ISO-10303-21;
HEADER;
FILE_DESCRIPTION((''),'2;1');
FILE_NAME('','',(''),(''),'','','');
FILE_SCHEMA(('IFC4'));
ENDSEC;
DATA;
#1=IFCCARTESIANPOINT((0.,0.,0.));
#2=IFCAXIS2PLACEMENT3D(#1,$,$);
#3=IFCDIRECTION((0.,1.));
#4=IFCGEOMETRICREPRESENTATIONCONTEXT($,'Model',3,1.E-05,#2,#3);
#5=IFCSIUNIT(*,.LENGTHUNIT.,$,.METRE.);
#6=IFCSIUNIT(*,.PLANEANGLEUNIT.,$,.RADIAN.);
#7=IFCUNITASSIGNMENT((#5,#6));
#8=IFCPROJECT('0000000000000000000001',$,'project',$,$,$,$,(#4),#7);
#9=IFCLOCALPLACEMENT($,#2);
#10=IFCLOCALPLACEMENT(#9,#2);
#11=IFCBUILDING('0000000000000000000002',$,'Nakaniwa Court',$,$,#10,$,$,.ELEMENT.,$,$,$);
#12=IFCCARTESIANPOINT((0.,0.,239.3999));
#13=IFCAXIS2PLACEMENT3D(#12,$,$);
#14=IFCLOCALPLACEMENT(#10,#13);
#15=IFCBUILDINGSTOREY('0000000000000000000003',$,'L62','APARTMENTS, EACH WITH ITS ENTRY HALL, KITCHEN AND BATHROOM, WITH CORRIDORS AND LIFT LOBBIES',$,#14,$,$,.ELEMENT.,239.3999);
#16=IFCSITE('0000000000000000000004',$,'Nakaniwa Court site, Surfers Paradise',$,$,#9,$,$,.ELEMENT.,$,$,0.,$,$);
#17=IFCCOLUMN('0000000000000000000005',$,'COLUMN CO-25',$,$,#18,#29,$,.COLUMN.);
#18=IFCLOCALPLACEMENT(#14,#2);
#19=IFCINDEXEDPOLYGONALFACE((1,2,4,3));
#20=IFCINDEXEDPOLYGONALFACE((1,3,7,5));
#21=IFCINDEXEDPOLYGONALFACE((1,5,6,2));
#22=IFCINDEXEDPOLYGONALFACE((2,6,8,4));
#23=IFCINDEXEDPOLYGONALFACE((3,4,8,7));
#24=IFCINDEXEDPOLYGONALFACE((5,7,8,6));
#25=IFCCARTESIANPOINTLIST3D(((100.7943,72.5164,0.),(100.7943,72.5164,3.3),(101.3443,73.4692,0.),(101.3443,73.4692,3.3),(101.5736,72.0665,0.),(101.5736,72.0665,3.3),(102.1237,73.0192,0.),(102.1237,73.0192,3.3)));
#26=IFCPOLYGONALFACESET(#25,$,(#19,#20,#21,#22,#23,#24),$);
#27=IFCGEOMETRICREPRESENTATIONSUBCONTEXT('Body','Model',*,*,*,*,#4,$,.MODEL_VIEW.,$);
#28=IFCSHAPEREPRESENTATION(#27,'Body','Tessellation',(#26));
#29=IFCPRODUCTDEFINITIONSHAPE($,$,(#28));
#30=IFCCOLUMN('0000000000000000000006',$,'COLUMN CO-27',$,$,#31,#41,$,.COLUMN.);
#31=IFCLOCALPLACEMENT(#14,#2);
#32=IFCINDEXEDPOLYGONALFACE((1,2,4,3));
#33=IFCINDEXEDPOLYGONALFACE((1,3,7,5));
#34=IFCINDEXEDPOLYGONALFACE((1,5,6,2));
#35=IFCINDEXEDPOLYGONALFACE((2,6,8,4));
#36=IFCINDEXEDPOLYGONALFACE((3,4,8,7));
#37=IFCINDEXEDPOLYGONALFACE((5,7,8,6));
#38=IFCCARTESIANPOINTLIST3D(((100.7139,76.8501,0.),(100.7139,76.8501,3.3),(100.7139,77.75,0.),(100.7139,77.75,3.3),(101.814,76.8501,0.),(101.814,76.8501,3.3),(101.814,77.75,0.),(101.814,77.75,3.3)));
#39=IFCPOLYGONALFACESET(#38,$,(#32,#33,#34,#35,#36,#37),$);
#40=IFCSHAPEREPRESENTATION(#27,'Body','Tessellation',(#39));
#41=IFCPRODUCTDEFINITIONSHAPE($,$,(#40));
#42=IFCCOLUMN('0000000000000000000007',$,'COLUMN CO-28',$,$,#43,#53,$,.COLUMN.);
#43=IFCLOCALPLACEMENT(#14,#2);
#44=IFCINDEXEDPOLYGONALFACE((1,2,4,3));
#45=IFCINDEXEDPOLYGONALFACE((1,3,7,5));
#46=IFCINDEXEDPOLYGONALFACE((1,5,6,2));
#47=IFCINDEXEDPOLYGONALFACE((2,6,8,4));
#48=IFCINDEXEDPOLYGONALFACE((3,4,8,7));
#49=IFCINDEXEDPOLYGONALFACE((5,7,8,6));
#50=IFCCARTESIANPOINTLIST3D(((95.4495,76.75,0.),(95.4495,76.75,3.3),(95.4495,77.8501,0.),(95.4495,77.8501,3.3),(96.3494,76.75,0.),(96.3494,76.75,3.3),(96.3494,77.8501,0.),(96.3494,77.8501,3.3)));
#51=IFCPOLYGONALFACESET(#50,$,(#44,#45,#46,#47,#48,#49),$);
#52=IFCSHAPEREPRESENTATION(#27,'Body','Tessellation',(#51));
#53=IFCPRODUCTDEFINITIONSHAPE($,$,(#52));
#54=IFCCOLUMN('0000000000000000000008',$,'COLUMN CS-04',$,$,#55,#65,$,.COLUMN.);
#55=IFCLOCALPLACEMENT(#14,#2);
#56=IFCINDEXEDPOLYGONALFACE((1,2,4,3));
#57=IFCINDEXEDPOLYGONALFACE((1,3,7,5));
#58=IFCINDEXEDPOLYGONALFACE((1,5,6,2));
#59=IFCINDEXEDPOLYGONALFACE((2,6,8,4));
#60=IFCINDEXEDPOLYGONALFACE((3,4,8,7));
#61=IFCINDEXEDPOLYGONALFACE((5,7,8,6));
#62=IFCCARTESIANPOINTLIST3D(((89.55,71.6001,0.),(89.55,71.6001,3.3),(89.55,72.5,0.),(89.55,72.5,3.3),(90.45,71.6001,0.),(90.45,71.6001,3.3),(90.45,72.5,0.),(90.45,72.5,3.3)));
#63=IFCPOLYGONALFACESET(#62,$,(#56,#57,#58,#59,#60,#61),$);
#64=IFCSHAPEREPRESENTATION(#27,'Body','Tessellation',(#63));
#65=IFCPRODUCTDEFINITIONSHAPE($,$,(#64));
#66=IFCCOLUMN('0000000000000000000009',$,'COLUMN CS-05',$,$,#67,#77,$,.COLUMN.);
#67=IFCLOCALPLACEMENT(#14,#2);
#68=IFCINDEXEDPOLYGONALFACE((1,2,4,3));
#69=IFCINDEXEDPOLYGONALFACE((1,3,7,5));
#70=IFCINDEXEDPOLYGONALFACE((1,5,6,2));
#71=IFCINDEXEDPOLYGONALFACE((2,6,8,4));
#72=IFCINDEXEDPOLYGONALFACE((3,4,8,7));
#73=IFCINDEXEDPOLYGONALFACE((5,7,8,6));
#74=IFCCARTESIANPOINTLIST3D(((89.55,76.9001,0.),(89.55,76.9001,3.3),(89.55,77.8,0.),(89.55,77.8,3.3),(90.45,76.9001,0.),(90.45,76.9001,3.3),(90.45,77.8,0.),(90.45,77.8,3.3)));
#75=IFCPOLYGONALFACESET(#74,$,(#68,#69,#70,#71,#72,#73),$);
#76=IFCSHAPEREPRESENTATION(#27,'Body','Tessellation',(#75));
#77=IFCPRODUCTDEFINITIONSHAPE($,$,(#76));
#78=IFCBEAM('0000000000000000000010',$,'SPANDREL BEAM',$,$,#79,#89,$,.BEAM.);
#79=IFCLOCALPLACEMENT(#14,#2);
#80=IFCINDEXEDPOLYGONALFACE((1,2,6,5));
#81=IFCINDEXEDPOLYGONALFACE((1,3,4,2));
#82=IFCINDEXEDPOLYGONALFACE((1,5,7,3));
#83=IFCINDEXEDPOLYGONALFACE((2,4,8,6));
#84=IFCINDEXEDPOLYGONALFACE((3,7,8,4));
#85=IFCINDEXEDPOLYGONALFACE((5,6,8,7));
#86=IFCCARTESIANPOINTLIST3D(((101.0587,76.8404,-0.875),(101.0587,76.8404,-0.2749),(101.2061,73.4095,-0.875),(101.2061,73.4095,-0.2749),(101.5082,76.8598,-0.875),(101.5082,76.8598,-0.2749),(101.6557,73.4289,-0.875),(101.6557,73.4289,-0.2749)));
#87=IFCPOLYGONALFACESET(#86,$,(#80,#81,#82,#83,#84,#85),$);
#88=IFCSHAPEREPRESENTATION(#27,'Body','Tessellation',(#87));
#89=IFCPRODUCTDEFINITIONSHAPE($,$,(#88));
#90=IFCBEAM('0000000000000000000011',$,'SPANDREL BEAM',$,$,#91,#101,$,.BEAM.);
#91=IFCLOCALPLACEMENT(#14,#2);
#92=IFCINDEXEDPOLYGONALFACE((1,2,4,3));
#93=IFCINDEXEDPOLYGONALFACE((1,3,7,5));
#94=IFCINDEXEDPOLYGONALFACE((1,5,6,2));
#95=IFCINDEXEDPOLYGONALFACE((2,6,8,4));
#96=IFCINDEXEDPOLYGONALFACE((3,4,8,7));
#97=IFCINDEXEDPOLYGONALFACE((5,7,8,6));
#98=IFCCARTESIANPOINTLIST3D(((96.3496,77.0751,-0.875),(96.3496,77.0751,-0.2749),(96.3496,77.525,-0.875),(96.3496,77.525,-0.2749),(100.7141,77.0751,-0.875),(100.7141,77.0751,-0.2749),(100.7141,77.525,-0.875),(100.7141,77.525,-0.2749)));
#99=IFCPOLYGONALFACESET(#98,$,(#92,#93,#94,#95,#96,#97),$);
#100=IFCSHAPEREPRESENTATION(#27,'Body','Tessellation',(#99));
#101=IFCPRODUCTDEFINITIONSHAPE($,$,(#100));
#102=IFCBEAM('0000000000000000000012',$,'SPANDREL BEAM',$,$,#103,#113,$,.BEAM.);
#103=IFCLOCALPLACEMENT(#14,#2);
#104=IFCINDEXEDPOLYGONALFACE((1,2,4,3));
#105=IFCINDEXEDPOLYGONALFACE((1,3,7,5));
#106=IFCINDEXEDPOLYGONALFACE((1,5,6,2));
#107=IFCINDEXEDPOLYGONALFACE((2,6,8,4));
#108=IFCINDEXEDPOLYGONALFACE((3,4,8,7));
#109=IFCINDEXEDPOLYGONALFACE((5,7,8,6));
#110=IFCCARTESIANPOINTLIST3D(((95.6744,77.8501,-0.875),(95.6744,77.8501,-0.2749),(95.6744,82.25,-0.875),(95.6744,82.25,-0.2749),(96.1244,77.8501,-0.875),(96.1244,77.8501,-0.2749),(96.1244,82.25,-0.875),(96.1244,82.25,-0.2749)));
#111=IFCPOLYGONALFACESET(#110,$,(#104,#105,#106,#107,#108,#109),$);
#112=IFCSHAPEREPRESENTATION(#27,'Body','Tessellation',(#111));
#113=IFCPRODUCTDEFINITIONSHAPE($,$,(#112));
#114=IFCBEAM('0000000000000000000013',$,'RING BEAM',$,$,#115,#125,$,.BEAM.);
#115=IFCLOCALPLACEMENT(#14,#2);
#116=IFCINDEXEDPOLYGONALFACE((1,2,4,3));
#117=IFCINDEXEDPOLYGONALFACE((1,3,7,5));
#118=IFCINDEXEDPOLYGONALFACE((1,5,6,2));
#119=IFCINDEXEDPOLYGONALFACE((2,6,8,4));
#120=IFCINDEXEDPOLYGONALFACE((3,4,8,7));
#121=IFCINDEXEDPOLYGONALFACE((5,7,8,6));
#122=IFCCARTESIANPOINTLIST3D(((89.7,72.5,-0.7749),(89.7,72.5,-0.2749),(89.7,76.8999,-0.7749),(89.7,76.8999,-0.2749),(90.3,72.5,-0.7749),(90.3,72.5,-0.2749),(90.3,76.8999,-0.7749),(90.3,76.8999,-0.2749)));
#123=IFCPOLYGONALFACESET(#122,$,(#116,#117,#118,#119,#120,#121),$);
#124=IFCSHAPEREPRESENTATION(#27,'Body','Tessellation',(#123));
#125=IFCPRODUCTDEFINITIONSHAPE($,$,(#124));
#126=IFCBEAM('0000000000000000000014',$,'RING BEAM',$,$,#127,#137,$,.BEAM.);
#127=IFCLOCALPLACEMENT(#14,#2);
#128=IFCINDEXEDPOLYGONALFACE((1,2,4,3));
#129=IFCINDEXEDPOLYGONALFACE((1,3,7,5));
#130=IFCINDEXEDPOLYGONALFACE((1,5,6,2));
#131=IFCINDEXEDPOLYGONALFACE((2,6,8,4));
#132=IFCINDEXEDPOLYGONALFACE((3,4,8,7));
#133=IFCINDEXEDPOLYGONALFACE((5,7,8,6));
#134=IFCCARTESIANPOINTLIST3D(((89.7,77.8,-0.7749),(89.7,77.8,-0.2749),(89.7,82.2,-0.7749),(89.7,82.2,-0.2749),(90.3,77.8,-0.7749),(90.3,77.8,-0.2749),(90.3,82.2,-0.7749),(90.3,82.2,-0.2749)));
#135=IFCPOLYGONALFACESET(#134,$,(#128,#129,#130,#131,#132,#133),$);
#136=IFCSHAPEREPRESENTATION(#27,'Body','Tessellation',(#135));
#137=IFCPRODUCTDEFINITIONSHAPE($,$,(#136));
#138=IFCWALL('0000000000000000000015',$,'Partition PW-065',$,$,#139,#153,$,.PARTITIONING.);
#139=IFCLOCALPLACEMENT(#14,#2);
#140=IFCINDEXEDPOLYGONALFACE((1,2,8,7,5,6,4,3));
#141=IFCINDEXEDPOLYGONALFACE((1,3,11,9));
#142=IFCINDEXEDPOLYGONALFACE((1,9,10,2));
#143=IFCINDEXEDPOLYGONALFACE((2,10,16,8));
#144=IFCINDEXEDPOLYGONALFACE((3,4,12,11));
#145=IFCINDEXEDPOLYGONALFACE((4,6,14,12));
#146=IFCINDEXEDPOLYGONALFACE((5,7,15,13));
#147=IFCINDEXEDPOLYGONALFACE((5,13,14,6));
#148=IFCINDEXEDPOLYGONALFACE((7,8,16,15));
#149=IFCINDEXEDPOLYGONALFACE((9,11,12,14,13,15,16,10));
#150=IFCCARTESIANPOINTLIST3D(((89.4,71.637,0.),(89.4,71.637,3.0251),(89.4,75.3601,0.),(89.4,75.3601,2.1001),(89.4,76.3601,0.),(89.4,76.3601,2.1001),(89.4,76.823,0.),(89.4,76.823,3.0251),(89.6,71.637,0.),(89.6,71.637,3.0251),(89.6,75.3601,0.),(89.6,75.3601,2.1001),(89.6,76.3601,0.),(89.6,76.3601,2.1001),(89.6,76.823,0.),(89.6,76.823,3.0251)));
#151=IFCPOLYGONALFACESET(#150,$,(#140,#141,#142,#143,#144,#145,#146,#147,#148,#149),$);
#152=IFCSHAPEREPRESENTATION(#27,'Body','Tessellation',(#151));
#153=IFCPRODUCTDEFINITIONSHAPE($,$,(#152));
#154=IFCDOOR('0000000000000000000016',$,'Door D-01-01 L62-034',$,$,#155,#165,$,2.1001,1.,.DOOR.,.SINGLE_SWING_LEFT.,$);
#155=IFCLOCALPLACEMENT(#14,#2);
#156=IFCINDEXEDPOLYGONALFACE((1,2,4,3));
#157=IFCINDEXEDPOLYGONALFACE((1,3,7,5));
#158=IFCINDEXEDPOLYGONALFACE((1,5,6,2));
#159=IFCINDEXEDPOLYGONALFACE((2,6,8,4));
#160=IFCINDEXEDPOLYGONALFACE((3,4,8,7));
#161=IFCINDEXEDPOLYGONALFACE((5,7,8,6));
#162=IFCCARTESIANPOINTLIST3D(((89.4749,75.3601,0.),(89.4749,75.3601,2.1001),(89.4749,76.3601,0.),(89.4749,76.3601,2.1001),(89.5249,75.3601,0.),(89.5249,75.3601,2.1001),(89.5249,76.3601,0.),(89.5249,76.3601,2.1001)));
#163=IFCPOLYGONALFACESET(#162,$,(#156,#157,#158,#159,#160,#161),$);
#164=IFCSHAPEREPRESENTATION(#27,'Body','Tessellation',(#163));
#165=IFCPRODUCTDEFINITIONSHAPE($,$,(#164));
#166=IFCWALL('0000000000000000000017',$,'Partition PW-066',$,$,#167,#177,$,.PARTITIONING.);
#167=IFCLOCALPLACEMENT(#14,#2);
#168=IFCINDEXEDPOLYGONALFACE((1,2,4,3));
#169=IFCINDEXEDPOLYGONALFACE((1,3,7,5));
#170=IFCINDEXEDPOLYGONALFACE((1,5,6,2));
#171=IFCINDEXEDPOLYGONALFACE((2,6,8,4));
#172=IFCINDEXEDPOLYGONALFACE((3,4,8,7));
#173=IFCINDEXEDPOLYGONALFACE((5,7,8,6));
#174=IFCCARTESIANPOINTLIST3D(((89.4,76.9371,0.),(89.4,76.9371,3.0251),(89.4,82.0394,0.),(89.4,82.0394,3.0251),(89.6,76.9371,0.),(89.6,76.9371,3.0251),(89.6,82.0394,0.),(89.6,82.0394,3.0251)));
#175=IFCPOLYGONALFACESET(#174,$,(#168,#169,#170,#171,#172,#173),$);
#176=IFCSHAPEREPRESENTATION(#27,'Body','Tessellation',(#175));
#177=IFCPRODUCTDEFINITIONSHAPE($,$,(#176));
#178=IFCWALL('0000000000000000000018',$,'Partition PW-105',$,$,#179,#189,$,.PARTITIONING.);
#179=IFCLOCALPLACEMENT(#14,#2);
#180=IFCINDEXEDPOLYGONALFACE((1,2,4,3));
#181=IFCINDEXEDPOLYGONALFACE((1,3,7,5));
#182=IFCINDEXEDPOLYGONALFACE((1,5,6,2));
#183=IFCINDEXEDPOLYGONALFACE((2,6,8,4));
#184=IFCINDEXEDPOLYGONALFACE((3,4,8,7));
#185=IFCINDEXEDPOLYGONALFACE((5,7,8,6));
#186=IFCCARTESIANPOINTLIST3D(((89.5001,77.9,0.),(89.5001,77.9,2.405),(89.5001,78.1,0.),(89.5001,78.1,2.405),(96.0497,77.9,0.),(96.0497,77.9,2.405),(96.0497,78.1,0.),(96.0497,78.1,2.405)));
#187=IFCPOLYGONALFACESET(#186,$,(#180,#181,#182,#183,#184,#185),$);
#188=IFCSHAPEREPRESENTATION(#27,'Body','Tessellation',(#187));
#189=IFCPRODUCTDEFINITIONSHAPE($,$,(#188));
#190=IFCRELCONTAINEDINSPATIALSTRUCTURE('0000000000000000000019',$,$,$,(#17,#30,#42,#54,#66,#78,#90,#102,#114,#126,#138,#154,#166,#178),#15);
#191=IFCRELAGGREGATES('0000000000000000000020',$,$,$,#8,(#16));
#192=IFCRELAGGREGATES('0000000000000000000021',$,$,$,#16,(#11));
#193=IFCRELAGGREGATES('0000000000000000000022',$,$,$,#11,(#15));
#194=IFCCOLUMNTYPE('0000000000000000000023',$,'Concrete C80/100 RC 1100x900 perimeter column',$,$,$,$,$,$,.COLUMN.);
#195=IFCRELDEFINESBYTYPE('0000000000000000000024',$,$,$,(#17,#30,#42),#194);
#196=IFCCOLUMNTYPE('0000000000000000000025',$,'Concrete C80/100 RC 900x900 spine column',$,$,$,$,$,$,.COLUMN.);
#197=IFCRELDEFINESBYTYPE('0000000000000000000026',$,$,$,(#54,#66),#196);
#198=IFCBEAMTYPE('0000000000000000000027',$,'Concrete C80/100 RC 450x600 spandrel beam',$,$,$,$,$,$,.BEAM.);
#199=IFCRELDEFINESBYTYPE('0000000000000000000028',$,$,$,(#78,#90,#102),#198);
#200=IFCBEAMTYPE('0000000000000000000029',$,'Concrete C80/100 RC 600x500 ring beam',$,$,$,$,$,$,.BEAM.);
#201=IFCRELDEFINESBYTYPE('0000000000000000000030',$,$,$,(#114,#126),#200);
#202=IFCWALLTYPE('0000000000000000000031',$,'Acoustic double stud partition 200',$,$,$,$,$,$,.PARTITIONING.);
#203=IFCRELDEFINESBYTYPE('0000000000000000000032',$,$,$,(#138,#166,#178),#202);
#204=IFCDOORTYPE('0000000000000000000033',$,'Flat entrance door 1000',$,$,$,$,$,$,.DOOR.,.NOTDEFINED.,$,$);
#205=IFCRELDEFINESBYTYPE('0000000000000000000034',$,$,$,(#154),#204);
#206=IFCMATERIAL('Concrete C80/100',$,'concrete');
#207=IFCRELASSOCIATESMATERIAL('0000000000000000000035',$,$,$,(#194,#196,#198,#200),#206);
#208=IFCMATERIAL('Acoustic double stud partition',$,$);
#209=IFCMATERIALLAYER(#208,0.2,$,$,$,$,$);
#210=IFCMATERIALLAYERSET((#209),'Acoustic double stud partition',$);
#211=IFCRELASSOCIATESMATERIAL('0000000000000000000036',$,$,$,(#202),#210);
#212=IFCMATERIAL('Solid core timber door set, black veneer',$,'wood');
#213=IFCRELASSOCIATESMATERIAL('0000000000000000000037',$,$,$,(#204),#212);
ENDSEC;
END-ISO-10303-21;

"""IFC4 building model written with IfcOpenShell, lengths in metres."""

from ifc_helpers import new_model, si_unit, direction, frame, frame_2d, origin, origin_2d, place, context, subcontext, project, spatial, rectangle, extrude, material, layer, layer_set, material_profile, profile_set, type_object, element, fill, save


model = new_model("IFC4")

# Units and contexts
model_context = context("Model", 3, precision=1e-05, world=origin(), true_north=direction((0.0, 1.0)))
body_context = subcontext(model_context, "Body", "Model", "MODEL_VIEW")
ifc_project = project(units=[si_unit("LENGTHUNIT", "METRE"), si_unit("PLANEANGLEUNIT", "RADIAN")], contexts=[model_context])

# Site, building, storey
site_placement = place(None, origin())
site = spatial("IfcSite", under=ifc_project, at=site_placement, Name="Nakaniwa Court site, Surfers Paradise", CompositionType="ELEMENT", RefElevation=0.0)
building_placement = place(site_placement, origin())
building = spatial("IfcBuilding", under=site, at=building_placement, Name="Nakaniwa Court", CompositionType="ELEMENT")
storey_placement = place(building_placement, frame((0.0, 0.0, 239.3999)))
storey = spatial("IfcBuildingStorey", under=building, at=storey_placement, Name="L62", Description="APARTMENTS, EACH WITH ITS ENTRY HALL, KITCHEN AND BATHROOM, WITH CORRIDORS AND LIFT LOBBIES", CompositionType="ELEMENT", Elevation=239.3999)

# Columns
ifc_material_1 = material(Name="Concrete C80/100", Category="concrete")
ifc_material_profile_1 = material_profile(ifc_material_1, rectangle(XDim=1.1001, YDim=0.8999, at=origin_2d()), Name="Concrete C80/100 RC 1100x900 perimeter column")
ifc_profile_set_1 = profile_set([ifc_material_profile_1], Name="Concrete C80/100")
column_type_1 = type_object("IfcColumnType", Name="Concrete C80/100 RC 1100x900 perimeter column", PredefinedType="COLUMN", material=ifc_profile_set_1)
for number, where, z_axis, x_axis, name in (
    (1, (101.459, 72.7678, 0.0), (0.0, 0.0, 1.0), (0.5, 0.866025, 0.0), "COLUMN CO-25"),
    (2, (101.2639, 77.3, 0.0), (0.0, 0.0, 1.0), (-1.0, 0.0, 0.0), "COLUMN CO-27"),
    (3, (95.8994, 77.3, 0.0), (0.0, 0.0, 1.0), (0.0, 1.0, 0.0), "COLUMN CO-28"),
):
    element("IfcColumn", number, at=place(storey_placement, frame(where, z_axis=z_axis, x_axis=x_axis)), inside=storey, type_object=column_type_1, Name=name, PredefinedType="COLUMN", context=body_context, shape_type="SweptSolid", body=[
        extrude(rectangle(XDim=1.1001, YDim=0.8999, at=origin_2d()), origin(), (0.0, 0.0, 1.0), 3.3),
    ])
ifc_material_profile_2 = material_profile(ifc_material_1, rectangle(XDim=0.8999, YDim=0.8999, at=origin_2d()), Name="Concrete C80/100 RC 900x900 spine column")
ifc_profile_set_2 = profile_set([ifc_material_profile_2], Name="Concrete C80/100")
column_type_2 = type_object("IfcColumnType", Name="Concrete C80/100 RC 900x900 spine column", PredefinedType="COLUMN", material=ifc_profile_set_2)
for number, where, z_axis, x_axis, name in (
    (4, (90.0, 72.05, 0.0), (0.0, 0.0, 1.0), (0.0, 1.0, 0.0), "COLUMN CS-04"),
    (5, (90.0, 77.3501, 0.0), (0.0, 0.0, 1.0), (0.0, 1.0, 0.0), "COLUMN CS-05"),
):
    element("IfcColumn", number, at=place(storey_placement, frame(where, z_axis=z_axis, x_axis=x_axis)), inside=storey, type_object=column_type_2, Name=name, PredefinedType="COLUMN", context=body_context, shape_type="SweptSolid", body=[
        extrude(rectangle(XDim=0.8999, YDim=0.8999, at=origin_2d()), origin(), (0.0, 0.0, 1.0), 3.3),
    ])

# Beams
ifc_material_profile_3 = material_profile(ifc_material_1, rectangle(XDim=0.45, YDim=0.6001, at=origin_2d()), Name="Concrete C80/100 RC 450x600 spandrel beam")
ifc_profile_set_3 = profile_set([ifc_material_profile_3], Name="Concrete C80/100")
beam_type_1 = type_object("IfcBeamType", Name="Concrete C80/100 RC 450x600 spandrel beam", PredefinedType="BEAM", material=ifc_profile_set_3)
beam_1_placement = place(storey_placement, frame((101.4309, 73.4192, -0.575), z_axis=(-0.042941, 0.999078, 0.0), x_axis=(-0.999078, -0.042941, 0.0)))
element("IfcBeam", 6, at=beam_1_placement, inside=storey, type_object=beam_type_1, Name="SPANDREL BEAM", PredefinedType="BEAM", context=body_context, shape_type="SweptSolid", body=[
    extrude(rectangle(XDim=0.45, YDim=0.6001, at=origin_2d()), origin(), (0.0, 0.0, 1.0), 3.4341),
])
beam_2_placement = place(storey_placement, frame((100.7141, 77.3, -0.575), z_axis=(-1.0, 0.0, 0.0), x_axis=(0.0, -1.0, 0.0)))
element("IfcBeam", 7, at=beam_2_placement, inside=storey, type_object=beam_type_1, Name="SPANDREL BEAM", PredefinedType="BEAM", context=body_context, shape_type="SweptSolid", body=[
    extrude(rectangle(XDim=0.45, YDim=0.6001, at=origin_2d()), origin(), (0.0, 0.0, 1.0), 4.3645),
])
beam_3_placement = place(storey_placement, frame((95.8994, 77.8501, -0.575), z_axis=(0.0, 1.0, 0.0), x_axis=(-1.0, 0.0, 0.0)))
element("IfcBeam", 8, at=beam_3_placement, inside=storey, type_object=beam_type_1, Name="SPANDREL BEAM", PredefinedType="BEAM", context=body_context, shape_type="SweptSolid", body=[
    extrude(rectangle(XDim=0.45, YDim=0.6001, at=origin_2d()), origin(), (0.0, 0.0, 1.0), 4.3999),
])
ifc_material_profile_4 = material_profile(ifc_material_1, rectangle(XDim=0.6001, YDim=0.5, at=origin_2d()), Name="Concrete C80/100 RC 600x500 ring beam")
ifc_profile_set_4 = profile_set([ifc_material_profile_4], Name="Concrete C80/100")
beam_type_2 = type_object("IfcBeamType", Name="Concrete C80/100 RC 600x500 ring beam", PredefinedType="BEAM", material=ifc_profile_set_4)
for number, where, z_axis, x_axis, name in (
    (9, (90.0, 72.5, -0.5249), (0.0, 1.0, 0.0), (-1.0, 0.0, 0.0), "RING BEAM"),
    (10, (90.0, 77.8, -0.5249), (0.0, 1.0, 0.0), (-1.0, 0.0, 0.0), "RING BEAM"),
):
    element("IfcBeam", number, at=place(storey_placement, frame(where, z_axis=z_axis, x_axis=x_axis)), inside=storey, type_object=beam_type_2, Name=name, PredefinedType="BEAM", context=body_context, shape_type="SweptSolid", body=[
        extrude(rectangle(XDim=0.6001, YDim=0.5, at=origin_2d()), origin(), (0.0, 0.0, 1.0), 4.3999),
    ])

# Wall, opening, door
ifc_material_2 = material(Name="Acoustic double stud partition")
ifc_layer_1 = layer(ifc_material_2, 0.2)
ifc_layer_set_1 = layer_set([ifc_layer_1], Name="Acoustic double stud partition")
wall_type_1 = type_object("IfcWallType", Name="Acoustic double stud partition 200", PredefinedType="PARTITIONING", material=ifc_layer_set_1)
wall_1_placement = place(storey_placement, frame((89.5, 76.823, 0.0), z_axis=(0.0, 0.0, 1.0), x_axis=(0.0, -1.0, 0.0)))
wall_1 = element("IfcWall", 11, at=wall_1_placement, inside=storey, type_object=wall_type_1, Name="Partition PW-065", PredefinedType="PARTITIONING", context=body_context, shape_type="SweptSolid", body=[
    extrude(rectangle(XDim=5.186, YDim=0.2, at=frame_2d((2.593, 0.0))), origin(), (0.0, 0.0, 1.0), 3.0251),
])
opening_1_placement = place(wall_1_placement, frame((0.4629, 0.0, 0.0)))
opening_1 = element("IfcOpeningElement", 12, at=opening_1_placement, cuts=wall_1, PredefinedType="OPENING", context=body_context, shape_type="SweptSolid", body=[
    extrude(rectangle(XDim=1.0, YDim=2.1001, at=frame_2d((0.5, 1.05))), frame((0.0, 0.1099, 0.0), z_axis=(0.0, -1.0, 0.0), x_axis=(1.0, 0.0, 0.0)), (0.0, 0.0, 1.0), 0.22),
])
ifc_material_3 = material(Name="Solid core timber door set, black veneer", Category="wood")
door_type_1 = type_object("IfcDoorType", Name="Flat entrance door 1000", OperationType="NOTDEFINED", PredefinedType="DOOR", material=ifc_material_3)
door_1_placement = place(opening_1_placement, origin())
door_1 = element("IfcDoor", 13, at=door_1_placement, inside=storey, type_object=door_type_1, Name="Door D-01-01 L62-034", OperationType="SINGLE_SWING_LEFT", OverallHeight=2.1001, OverallWidth=1.0, PredefinedType="DOOR", context=body_context, shape_type="SweptSolid", body=[
    extrude(rectangle(XDim=1.0, YDim=2.1001, at=frame_2d((0.5, 1.05))), frame((0.0, 0.0249, 0.0), z_axis=(0.0, -1.0, 0.0), x_axis=(1.0, 0.0, 0.0)), (0.0, 0.0, 1.0), 0.05),
])
fill(opening_1, door_1)

# Walls
wall_2_placement = place(storey_placement, frame((89.5, 76.937, 0.0), z_axis=(0.0, 0.0, 1.0), x_axis=(0.0, 1.0, 0.0)))
element("IfcWall", 14, at=wall_2_placement, inside=storey, type_object=wall_type_1, Name="Partition PW-066", PredefinedType="PARTITIONING", context=body_context, shape_type="SweptSolid", body=[
    extrude(rectangle(XDim=5.1023, YDim=0.2, at=frame_2d((2.5513, 0.0))), origin(), (0.0, 0.0, 1.0), 3.0251),
])
wall_3_placement = place(storey_placement, frame((89.5, 78.0, 0.0), z_axis=(0.0, 0.0, 1.0), x_axis=(1.0, 0.0, 0.0)))
element("IfcWall", 15, at=wall_3_placement, inside=storey, type_object=wall_type_1, Name="Partition PW-105", PredefinedType="PARTITIONING", context=body_context, shape_type="SweptSolid", body=[
    extrude(rectangle(XDim=6.5496, YDim=0.2, at=frame_2d((3.2749, 0.0))), origin(), (0.0, 0.0, 1.0), 2.405),
])

save(model, "model.ifc")
